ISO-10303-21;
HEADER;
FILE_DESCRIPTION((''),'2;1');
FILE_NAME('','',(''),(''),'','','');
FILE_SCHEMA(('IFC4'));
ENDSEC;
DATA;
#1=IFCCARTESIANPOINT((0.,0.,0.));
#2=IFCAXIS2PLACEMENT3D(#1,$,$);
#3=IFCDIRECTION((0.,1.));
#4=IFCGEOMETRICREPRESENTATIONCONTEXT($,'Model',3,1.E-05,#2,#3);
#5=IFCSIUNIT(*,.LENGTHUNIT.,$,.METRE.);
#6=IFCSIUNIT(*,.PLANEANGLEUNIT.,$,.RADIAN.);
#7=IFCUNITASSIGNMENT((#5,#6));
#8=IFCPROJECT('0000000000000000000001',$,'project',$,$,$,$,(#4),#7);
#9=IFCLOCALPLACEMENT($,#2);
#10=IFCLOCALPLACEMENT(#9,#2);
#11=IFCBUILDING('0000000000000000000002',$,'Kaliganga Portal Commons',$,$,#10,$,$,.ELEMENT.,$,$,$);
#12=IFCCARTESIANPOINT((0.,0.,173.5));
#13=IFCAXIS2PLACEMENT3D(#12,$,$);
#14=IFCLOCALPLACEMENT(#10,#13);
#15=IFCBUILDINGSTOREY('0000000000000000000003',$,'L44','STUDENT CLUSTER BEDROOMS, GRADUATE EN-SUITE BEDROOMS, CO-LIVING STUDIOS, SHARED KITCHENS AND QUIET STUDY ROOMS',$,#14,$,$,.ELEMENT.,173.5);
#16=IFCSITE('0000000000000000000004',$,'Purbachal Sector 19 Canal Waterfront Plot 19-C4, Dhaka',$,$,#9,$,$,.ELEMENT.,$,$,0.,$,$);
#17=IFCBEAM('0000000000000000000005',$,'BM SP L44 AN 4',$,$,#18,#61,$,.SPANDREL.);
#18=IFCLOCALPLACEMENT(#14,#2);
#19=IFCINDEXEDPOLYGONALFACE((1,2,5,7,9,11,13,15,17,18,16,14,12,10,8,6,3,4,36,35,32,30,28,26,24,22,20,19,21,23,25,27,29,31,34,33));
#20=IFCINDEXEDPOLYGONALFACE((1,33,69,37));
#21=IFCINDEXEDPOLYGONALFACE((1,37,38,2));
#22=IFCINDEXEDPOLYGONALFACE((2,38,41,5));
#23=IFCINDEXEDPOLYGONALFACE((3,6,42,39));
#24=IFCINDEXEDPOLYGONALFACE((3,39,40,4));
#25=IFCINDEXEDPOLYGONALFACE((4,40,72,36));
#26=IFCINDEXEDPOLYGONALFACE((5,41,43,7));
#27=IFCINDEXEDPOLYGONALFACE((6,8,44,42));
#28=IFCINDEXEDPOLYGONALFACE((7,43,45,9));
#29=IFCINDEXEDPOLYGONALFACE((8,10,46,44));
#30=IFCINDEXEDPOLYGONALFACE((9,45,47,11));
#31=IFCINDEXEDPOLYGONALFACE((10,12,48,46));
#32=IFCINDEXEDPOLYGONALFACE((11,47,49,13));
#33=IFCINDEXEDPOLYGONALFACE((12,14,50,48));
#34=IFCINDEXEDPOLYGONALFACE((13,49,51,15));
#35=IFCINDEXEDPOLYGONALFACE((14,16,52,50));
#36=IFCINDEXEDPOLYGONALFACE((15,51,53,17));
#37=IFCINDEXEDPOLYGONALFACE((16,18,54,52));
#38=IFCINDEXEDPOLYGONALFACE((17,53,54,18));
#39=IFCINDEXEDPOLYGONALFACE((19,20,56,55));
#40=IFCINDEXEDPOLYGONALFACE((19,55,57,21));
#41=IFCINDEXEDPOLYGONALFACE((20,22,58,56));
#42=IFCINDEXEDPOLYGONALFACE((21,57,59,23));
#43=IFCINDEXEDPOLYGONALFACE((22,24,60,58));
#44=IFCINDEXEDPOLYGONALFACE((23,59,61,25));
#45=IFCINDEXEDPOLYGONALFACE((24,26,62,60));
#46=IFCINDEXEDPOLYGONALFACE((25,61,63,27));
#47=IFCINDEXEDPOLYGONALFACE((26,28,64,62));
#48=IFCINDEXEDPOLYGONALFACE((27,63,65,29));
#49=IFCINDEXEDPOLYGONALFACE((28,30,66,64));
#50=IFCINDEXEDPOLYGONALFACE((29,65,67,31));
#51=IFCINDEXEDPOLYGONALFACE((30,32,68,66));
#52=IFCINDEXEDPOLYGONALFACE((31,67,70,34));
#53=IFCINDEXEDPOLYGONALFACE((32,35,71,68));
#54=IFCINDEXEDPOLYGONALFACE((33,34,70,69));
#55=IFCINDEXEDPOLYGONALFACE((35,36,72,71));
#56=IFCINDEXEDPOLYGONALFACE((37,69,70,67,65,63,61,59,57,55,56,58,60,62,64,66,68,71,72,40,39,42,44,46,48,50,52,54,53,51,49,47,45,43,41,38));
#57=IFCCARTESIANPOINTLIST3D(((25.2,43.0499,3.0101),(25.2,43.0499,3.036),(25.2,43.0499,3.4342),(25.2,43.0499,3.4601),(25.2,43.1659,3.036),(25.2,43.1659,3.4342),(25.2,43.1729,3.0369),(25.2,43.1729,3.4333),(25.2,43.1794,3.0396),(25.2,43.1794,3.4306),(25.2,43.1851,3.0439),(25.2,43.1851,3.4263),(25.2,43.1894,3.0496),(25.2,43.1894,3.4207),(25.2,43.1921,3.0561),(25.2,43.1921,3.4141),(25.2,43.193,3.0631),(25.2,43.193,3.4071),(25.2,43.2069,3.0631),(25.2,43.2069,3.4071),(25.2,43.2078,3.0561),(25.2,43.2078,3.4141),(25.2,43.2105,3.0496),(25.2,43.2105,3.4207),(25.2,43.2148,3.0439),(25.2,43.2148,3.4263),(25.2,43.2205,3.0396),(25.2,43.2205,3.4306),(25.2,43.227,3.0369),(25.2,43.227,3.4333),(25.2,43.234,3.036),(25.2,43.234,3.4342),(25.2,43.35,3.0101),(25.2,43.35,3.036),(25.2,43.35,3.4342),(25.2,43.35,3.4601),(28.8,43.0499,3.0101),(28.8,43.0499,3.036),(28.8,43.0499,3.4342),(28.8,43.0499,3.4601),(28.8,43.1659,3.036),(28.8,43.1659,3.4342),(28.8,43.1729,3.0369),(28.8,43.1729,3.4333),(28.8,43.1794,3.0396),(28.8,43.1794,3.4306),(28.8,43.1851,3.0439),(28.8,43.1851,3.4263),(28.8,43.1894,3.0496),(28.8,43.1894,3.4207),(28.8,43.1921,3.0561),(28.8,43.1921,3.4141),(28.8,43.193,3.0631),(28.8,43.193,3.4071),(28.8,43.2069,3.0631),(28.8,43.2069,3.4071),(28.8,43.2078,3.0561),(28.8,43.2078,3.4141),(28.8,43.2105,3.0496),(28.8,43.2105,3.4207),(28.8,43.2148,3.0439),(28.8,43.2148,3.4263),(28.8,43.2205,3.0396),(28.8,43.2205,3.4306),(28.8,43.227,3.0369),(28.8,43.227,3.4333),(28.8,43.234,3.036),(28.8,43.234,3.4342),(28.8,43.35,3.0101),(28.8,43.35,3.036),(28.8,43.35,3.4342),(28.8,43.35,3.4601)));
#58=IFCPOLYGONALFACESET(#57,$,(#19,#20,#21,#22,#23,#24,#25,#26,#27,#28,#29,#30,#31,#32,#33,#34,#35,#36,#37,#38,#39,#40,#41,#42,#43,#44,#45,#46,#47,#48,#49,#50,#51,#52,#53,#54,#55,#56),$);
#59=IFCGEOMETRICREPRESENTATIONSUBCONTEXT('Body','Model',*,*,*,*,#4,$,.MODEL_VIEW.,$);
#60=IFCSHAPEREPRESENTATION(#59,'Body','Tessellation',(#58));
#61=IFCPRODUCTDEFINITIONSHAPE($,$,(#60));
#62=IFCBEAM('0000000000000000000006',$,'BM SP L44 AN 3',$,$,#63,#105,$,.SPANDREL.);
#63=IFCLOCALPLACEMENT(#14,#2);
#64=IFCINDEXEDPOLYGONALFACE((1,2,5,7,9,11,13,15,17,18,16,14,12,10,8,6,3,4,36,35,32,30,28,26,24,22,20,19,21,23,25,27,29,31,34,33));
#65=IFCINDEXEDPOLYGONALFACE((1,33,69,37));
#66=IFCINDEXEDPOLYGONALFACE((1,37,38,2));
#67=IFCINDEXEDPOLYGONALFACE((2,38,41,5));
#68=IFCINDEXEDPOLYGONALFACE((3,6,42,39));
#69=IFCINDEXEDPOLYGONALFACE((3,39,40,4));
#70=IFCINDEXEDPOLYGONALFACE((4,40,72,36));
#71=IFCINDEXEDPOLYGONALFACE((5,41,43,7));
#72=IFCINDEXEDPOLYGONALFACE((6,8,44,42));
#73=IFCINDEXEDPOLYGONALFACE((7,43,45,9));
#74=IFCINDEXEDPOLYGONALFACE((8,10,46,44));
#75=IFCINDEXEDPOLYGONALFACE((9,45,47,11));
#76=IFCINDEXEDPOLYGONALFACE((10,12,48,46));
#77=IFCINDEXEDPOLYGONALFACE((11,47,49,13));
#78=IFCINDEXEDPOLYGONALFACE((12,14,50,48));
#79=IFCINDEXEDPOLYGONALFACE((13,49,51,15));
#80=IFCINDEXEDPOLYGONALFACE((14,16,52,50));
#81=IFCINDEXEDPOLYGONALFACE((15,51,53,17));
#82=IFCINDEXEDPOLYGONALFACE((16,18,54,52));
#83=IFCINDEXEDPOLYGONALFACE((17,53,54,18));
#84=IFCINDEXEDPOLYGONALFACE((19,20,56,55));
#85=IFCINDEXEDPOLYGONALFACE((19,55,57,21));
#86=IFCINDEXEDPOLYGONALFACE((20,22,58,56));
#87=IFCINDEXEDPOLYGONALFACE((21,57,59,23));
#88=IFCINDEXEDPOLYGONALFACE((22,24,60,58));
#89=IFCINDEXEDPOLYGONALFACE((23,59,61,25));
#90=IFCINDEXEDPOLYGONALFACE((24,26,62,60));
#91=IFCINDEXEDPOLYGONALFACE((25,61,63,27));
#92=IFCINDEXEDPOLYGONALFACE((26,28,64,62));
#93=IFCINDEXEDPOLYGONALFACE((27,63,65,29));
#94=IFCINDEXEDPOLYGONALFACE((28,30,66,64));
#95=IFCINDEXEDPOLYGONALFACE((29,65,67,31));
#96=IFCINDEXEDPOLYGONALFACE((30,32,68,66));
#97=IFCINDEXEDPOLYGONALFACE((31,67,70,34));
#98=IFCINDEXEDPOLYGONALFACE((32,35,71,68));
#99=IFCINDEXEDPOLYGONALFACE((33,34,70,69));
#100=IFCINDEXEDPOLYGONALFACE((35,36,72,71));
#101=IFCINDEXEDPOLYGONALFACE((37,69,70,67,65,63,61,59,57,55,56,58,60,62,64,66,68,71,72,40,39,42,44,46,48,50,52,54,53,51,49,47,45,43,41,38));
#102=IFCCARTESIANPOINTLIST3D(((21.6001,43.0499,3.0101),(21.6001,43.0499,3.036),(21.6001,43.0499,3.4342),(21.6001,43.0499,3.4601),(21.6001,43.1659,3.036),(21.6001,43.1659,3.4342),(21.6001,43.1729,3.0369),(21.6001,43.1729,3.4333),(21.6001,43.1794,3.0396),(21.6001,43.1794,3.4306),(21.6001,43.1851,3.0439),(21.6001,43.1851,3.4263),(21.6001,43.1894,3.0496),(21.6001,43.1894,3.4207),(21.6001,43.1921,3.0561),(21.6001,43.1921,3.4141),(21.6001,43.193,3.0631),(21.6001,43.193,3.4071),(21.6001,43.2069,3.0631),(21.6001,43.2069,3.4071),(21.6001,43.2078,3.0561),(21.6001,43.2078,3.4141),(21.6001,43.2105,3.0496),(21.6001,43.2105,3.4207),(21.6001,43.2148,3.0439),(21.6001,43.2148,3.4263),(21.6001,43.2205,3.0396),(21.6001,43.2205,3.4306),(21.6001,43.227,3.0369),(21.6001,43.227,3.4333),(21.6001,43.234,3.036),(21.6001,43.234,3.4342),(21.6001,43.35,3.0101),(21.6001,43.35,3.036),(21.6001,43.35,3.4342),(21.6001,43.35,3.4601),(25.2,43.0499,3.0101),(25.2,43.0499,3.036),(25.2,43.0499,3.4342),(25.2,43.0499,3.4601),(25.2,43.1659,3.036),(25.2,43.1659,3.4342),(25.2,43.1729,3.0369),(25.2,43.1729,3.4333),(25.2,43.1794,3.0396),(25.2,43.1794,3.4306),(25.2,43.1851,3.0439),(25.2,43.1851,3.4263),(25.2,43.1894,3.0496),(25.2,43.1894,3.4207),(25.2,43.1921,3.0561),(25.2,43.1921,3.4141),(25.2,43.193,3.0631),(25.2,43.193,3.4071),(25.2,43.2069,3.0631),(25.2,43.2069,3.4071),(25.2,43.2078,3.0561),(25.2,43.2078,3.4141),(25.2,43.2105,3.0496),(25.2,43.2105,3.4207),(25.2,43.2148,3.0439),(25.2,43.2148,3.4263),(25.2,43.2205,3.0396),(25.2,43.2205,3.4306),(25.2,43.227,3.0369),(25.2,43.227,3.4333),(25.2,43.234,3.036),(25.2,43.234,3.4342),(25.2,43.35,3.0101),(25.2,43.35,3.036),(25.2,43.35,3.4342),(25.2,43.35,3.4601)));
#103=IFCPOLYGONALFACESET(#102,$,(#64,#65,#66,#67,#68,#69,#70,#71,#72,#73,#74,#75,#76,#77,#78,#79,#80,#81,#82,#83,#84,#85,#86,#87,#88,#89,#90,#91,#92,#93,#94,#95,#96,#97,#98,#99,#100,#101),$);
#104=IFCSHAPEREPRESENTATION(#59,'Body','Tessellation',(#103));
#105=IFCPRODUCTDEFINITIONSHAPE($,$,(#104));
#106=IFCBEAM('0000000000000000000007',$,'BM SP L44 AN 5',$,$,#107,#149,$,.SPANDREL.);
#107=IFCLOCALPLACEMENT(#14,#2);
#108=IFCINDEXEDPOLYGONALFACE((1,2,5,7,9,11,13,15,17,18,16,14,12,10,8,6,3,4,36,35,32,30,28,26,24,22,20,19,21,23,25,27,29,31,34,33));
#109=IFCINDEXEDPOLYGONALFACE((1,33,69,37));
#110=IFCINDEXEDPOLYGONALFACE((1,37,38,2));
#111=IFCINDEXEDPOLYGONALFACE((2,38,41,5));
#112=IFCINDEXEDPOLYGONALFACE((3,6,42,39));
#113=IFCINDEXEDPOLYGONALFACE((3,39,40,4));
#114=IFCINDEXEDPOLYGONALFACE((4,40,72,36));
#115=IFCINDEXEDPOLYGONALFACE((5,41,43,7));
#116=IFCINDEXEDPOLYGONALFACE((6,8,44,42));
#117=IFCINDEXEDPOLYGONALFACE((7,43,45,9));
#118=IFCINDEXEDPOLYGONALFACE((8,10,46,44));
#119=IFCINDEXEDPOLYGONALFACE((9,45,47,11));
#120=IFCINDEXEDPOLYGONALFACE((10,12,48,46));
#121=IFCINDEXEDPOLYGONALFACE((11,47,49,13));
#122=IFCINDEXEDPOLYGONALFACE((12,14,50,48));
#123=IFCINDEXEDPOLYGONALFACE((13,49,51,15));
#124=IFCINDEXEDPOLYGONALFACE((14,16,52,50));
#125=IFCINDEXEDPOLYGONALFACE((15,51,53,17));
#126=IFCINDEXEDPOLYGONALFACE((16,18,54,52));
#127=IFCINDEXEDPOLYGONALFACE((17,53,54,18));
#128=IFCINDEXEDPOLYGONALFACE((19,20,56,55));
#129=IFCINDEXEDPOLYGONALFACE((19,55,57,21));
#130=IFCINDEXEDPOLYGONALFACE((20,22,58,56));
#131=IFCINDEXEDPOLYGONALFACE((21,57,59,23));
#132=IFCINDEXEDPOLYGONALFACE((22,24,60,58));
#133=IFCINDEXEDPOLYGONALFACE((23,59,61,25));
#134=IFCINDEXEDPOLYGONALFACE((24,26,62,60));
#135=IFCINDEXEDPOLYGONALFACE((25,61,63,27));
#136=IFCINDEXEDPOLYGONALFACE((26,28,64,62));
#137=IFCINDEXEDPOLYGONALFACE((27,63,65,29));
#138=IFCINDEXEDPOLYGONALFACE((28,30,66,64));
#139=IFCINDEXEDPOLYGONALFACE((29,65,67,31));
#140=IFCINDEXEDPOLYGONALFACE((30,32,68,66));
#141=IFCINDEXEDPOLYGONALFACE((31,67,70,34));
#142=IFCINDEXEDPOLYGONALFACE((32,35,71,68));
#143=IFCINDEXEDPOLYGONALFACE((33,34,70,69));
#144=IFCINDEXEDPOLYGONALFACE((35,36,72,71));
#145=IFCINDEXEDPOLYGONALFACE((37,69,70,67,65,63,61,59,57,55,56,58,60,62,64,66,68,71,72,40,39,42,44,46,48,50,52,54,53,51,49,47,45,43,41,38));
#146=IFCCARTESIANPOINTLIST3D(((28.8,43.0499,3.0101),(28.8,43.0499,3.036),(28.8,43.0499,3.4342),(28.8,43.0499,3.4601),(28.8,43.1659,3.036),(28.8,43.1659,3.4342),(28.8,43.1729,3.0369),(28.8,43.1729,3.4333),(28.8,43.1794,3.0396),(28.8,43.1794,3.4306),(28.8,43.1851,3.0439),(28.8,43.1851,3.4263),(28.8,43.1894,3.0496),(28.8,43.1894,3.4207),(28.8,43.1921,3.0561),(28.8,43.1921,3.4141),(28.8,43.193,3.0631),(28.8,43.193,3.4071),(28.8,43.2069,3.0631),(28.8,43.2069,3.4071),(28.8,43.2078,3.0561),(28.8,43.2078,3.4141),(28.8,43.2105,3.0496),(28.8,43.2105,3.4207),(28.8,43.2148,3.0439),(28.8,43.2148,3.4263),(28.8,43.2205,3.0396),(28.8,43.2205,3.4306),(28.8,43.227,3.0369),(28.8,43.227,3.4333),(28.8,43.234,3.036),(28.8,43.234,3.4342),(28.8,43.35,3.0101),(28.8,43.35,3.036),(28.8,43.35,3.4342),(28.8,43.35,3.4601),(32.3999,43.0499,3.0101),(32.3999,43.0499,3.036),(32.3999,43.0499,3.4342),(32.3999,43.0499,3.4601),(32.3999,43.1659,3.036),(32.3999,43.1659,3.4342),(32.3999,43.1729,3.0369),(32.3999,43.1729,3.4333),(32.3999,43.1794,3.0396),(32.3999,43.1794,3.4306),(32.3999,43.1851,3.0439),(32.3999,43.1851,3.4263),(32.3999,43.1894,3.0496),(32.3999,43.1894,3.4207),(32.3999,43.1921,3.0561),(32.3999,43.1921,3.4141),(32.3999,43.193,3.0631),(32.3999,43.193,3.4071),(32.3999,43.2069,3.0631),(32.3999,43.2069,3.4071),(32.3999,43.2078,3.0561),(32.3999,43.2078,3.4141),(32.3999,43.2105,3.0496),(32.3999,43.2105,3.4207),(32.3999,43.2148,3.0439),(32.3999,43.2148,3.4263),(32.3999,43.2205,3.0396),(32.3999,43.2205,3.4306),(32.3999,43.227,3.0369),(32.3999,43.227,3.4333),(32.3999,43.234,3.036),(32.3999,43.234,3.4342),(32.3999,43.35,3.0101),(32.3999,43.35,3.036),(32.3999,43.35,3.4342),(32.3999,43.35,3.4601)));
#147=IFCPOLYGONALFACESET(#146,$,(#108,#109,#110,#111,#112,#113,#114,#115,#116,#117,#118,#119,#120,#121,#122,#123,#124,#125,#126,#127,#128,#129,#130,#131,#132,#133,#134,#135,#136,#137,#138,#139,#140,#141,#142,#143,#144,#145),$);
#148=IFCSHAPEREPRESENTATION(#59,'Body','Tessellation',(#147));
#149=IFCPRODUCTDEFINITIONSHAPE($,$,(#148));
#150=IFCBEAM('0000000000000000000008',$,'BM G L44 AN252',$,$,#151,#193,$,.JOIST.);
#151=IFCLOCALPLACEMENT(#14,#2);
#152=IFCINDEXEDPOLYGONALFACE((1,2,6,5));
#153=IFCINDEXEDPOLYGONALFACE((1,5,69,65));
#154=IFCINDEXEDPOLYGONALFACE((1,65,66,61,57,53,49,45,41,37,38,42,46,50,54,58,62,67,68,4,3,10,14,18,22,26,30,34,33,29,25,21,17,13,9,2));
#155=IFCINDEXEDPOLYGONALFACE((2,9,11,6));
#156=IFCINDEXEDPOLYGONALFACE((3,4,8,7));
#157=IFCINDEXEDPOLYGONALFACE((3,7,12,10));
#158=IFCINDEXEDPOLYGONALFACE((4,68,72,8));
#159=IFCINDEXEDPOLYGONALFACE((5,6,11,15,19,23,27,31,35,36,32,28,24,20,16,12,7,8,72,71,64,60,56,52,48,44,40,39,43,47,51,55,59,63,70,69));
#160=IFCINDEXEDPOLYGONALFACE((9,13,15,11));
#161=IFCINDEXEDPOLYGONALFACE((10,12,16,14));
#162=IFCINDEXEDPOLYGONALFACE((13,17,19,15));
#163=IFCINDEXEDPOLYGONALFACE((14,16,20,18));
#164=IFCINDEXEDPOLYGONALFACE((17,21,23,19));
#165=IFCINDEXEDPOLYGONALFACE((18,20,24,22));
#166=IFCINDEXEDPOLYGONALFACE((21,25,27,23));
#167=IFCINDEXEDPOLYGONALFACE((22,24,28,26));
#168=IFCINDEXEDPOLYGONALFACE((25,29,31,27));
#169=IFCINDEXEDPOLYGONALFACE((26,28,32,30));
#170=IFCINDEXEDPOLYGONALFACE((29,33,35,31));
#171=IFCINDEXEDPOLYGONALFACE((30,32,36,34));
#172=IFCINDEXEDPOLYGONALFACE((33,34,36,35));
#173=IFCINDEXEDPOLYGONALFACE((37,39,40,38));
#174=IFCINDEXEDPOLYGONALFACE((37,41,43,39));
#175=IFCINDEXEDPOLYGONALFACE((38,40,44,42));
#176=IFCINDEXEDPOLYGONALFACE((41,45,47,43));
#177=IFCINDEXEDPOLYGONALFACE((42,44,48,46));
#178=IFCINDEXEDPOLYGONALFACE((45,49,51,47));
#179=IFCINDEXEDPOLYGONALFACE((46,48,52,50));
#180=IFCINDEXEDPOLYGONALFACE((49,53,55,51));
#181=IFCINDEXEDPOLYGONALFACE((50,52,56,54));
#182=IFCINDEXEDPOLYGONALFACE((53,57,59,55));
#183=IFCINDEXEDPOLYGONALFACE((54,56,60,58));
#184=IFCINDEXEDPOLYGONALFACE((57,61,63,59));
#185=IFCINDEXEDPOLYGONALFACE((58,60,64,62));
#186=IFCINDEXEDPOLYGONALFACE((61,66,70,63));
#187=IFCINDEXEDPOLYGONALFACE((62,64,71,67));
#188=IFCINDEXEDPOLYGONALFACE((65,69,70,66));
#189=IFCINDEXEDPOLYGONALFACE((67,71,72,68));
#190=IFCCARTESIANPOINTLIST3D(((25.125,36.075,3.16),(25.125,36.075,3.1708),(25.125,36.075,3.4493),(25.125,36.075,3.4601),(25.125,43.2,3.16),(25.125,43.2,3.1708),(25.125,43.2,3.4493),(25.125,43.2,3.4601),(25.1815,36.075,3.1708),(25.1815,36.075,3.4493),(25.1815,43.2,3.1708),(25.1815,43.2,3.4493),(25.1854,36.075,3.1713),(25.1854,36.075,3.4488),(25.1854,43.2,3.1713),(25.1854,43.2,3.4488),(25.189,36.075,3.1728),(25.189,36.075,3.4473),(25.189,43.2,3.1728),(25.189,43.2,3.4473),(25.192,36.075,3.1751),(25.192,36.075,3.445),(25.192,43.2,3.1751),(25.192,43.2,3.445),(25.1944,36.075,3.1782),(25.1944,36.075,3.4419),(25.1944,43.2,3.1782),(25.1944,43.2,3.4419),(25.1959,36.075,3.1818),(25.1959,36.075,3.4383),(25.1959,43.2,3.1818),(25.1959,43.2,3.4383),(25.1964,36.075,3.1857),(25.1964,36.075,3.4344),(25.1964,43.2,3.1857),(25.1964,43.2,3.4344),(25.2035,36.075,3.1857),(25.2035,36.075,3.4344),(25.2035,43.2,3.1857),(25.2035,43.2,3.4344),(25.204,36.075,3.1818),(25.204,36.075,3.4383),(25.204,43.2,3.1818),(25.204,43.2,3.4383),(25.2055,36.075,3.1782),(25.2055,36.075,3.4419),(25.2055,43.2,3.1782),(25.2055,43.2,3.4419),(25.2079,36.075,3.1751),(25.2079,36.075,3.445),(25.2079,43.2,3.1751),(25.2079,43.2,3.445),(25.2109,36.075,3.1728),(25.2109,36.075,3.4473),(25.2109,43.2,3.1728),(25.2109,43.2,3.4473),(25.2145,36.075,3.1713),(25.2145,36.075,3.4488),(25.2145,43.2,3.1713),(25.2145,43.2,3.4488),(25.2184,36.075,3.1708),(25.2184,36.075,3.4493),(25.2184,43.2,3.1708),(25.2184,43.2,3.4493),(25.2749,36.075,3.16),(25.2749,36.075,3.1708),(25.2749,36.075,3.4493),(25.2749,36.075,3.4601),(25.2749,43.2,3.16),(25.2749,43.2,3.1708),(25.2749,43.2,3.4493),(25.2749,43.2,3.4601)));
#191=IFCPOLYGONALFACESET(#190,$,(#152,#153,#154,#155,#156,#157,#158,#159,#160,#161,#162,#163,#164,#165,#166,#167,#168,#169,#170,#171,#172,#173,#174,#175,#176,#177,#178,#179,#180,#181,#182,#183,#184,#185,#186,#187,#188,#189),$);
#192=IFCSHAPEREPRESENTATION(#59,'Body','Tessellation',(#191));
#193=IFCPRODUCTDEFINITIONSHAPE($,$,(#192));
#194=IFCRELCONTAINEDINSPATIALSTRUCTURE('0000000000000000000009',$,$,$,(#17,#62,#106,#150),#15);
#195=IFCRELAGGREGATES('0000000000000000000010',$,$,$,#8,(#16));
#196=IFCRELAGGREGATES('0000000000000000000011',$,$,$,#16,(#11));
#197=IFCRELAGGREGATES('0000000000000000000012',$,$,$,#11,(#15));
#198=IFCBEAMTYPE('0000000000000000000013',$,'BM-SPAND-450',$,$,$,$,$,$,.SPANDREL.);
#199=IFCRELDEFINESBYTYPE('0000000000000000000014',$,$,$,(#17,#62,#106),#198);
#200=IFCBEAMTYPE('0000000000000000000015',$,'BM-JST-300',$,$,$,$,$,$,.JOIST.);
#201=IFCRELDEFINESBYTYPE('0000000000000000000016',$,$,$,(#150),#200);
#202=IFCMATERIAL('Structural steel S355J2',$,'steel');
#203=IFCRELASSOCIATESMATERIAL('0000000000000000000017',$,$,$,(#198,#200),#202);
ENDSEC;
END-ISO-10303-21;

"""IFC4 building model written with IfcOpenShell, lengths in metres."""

from ifc_helpers import new_model, si_unit, direction, frame, origin, origin_2d, place, context, subcontext, project, spatial, i_section, extrude, source, transform, mapped, material, material_profile, profile_set, type_object, element, save


model = new_model("IFC4")

# Units and contexts
model_context = context("Model", 3, precision=1e-05, world=origin(), true_north=direction((0.0, 1.0)))
body_context = subcontext(model_context, "Body", "Model", "MODEL_VIEW")
ifc_project = project(units=[si_unit("LENGTHUNIT", "METRE"), si_unit("PLANEANGLEUNIT", "RADIAN")], contexts=[model_context])

# Site, building, storey
site_placement = place(None, origin())
site = spatial("IfcSite", under=ifc_project, at=site_placement, Name="Purbachal Sector 19 Canal Waterfront Plot 19-C4, Dhaka", CompositionType="ELEMENT", RefElevation=0.0)
building_placement = place(site_placement, origin())
building = spatial("IfcBuilding", under=site, at=building_placement, Name="Kaliganga Portal Commons", CompositionType="ELEMENT")
storey_placement = place(building_placement, frame((0.0, 0.0, 173.5)))
storey = spatial("IfcBuildingStorey", under=building, at=storey_placement, Name="L44", Description="STUDENT CLUSTER BEDROOMS, GRADUATE EN-SUITE BEDROOMS, CO-LIVING STUDIOS, SHARED KITCHENS AND QUIET STUDY ROOMS", CompositionType="ELEMENT", Elevation=173.5)

# Beams
ifc_material_1 = material(Name="Structural steel S355J2", Category="steel")
ifc_material_profile_1 = material_profile(ifc_material_1, i_section(OverallWidth=0.3, OverallDepth=0.45, WebThickness=0.0139, FlangeThickness=0.0259, FilletRadius=0.0271, at=origin_2d()), Name="HE 450 B")
ifc_profile_set_1 = profile_set([ifc_material_profile_1], Name="Structural steel S355J2 wide-flange")
beam_type_1 = type_object("IfcBeamType", Name="BM-SPAND-450", PredefinedType="SPANDREL", material=ifc_profile_set_1)
shared_shape_1 = source(origin(), body_context, "Body", "SweptSolid", [
    extrude(i_section(OverallWidth=0.3, OverallDepth=0.45, WebThickness=0.0139, FlangeThickness=0.0259, FilletRadius=0.0271, at=origin_2d()), origin(), (0.0, 0.0, 1.0), 3.6001),
])
for number, where, z_axis, x_axis, name in (
    (1, (25.2, 43.2, 3.2351), (1.0, 0.0, 0.0), (0.0, 1.0, 0.0), "BM SP L44 AN 4"),
):
    element("IfcBeam", number, at=place(storey_placement, frame(where, z_axis=z_axis, x_axis=x_axis)), inside=storey, type_object=beam_type_1, Name=name, PredefinedType="SPANDREL", context=body_context, shape_type="MappedRepresentation", body=[
        mapped(shared_shape_1, transform((0.0, 0.0, 0.0), x_axis=(1.0, 0.0, 0.0), y_axis=(0.0, 1.0, 0.0), z_axis=(0.0, 0.0, 1.0), scale=1.0)),
    ])
shared_shape_2 = source(origin(), body_context, "Body", "SweptSolid", [
    extrude(i_section(OverallWidth=0.3, OverallDepth=0.45, WebThickness=0.0139, FlangeThickness=0.0259, FilletRadius=0.0271, at=origin_2d()), origin(), (0.0, 0.0, 1.0), 3.5999),
])
for number, where, z_axis, x_axis, name in (
    (2, (21.6001, 43.2, 3.2351), (1.0, 0.0, 0.0), (0.0, 1.0, 0.0), "BM SP L44 AN 3"),
    (3, (28.8, 43.2, 3.2351), (1.0, 0.0, 0.0), (0.0, 1.0, 0.0), "BM SP L44 AN 5"),
):
    element("IfcBeam", number, at=place(storey_placement, frame(where, z_axis=z_axis, x_axis=x_axis)), inside=storey, type_object=beam_type_1, Name=name, PredefinedType="SPANDREL", context=body_context, shape_type="MappedRepresentation", body=[
        mapped(shared_shape_2, transform((0.0, 0.0, 0.0), x_axis=(1.0, 0.0, 0.0), y_axis=(0.0, 1.0, 0.0), z_axis=(0.0, 0.0, 1.0), scale=1.0)),
    ])
ifc_material_profile_2 = material_profile(ifc_material_1, i_section(OverallWidth=0.1499, OverallDepth=0.3, WebThickness=0.0071, FlangeThickness=0.0107, FilletRadius=0.0149, at=origin_2d()), Name="IPE 300")
ifc_profile_set_2 = profile_set([ifc_material_profile_2], Name="Structural steel S355J2 wide-flange")
beam_type_2 = type_object("IfcBeamType", Name="BM-JST-300", PredefinedType="JOIST", material=ifc_profile_set_2)
shared_shape_3 = source(origin(), body_context, "Body", "SweptSolid", [
    extrude(i_section(OverallWidth=0.1499, OverallDepth=0.3, WebThickness=0.0071, FlangeThickness=0.0107, FilletRadius=0.0149, at=origin_2d()), origin(), (0.0, 0.0, 1.0), 7.125),
])
beam_placement = place(storey_placement, frame((25.2, 36.075, 3.3101), z_axis=(0.0, 1.0, 0.0), x_axis=(-1.0, 0.0, 0.0)))
element("IfcBeam", 4, at=beam_placement, inside=storey, type_object=beam_type_2, Name="BM G L44 AN252", PredefinedType="JOIST", context=body_context, shape_type="MappedRepresentation", body=[
    mapped(shared_shape_3, transform((0.0, 0.0, 0.0), x_axis=(1.0, 0.0, 0.0), y_axis=(0.0, 1.0, 0.0), z_axis=(0.0, 0.0, 1.0), scale=1.0)),
])

save(model, "model.ifc")
